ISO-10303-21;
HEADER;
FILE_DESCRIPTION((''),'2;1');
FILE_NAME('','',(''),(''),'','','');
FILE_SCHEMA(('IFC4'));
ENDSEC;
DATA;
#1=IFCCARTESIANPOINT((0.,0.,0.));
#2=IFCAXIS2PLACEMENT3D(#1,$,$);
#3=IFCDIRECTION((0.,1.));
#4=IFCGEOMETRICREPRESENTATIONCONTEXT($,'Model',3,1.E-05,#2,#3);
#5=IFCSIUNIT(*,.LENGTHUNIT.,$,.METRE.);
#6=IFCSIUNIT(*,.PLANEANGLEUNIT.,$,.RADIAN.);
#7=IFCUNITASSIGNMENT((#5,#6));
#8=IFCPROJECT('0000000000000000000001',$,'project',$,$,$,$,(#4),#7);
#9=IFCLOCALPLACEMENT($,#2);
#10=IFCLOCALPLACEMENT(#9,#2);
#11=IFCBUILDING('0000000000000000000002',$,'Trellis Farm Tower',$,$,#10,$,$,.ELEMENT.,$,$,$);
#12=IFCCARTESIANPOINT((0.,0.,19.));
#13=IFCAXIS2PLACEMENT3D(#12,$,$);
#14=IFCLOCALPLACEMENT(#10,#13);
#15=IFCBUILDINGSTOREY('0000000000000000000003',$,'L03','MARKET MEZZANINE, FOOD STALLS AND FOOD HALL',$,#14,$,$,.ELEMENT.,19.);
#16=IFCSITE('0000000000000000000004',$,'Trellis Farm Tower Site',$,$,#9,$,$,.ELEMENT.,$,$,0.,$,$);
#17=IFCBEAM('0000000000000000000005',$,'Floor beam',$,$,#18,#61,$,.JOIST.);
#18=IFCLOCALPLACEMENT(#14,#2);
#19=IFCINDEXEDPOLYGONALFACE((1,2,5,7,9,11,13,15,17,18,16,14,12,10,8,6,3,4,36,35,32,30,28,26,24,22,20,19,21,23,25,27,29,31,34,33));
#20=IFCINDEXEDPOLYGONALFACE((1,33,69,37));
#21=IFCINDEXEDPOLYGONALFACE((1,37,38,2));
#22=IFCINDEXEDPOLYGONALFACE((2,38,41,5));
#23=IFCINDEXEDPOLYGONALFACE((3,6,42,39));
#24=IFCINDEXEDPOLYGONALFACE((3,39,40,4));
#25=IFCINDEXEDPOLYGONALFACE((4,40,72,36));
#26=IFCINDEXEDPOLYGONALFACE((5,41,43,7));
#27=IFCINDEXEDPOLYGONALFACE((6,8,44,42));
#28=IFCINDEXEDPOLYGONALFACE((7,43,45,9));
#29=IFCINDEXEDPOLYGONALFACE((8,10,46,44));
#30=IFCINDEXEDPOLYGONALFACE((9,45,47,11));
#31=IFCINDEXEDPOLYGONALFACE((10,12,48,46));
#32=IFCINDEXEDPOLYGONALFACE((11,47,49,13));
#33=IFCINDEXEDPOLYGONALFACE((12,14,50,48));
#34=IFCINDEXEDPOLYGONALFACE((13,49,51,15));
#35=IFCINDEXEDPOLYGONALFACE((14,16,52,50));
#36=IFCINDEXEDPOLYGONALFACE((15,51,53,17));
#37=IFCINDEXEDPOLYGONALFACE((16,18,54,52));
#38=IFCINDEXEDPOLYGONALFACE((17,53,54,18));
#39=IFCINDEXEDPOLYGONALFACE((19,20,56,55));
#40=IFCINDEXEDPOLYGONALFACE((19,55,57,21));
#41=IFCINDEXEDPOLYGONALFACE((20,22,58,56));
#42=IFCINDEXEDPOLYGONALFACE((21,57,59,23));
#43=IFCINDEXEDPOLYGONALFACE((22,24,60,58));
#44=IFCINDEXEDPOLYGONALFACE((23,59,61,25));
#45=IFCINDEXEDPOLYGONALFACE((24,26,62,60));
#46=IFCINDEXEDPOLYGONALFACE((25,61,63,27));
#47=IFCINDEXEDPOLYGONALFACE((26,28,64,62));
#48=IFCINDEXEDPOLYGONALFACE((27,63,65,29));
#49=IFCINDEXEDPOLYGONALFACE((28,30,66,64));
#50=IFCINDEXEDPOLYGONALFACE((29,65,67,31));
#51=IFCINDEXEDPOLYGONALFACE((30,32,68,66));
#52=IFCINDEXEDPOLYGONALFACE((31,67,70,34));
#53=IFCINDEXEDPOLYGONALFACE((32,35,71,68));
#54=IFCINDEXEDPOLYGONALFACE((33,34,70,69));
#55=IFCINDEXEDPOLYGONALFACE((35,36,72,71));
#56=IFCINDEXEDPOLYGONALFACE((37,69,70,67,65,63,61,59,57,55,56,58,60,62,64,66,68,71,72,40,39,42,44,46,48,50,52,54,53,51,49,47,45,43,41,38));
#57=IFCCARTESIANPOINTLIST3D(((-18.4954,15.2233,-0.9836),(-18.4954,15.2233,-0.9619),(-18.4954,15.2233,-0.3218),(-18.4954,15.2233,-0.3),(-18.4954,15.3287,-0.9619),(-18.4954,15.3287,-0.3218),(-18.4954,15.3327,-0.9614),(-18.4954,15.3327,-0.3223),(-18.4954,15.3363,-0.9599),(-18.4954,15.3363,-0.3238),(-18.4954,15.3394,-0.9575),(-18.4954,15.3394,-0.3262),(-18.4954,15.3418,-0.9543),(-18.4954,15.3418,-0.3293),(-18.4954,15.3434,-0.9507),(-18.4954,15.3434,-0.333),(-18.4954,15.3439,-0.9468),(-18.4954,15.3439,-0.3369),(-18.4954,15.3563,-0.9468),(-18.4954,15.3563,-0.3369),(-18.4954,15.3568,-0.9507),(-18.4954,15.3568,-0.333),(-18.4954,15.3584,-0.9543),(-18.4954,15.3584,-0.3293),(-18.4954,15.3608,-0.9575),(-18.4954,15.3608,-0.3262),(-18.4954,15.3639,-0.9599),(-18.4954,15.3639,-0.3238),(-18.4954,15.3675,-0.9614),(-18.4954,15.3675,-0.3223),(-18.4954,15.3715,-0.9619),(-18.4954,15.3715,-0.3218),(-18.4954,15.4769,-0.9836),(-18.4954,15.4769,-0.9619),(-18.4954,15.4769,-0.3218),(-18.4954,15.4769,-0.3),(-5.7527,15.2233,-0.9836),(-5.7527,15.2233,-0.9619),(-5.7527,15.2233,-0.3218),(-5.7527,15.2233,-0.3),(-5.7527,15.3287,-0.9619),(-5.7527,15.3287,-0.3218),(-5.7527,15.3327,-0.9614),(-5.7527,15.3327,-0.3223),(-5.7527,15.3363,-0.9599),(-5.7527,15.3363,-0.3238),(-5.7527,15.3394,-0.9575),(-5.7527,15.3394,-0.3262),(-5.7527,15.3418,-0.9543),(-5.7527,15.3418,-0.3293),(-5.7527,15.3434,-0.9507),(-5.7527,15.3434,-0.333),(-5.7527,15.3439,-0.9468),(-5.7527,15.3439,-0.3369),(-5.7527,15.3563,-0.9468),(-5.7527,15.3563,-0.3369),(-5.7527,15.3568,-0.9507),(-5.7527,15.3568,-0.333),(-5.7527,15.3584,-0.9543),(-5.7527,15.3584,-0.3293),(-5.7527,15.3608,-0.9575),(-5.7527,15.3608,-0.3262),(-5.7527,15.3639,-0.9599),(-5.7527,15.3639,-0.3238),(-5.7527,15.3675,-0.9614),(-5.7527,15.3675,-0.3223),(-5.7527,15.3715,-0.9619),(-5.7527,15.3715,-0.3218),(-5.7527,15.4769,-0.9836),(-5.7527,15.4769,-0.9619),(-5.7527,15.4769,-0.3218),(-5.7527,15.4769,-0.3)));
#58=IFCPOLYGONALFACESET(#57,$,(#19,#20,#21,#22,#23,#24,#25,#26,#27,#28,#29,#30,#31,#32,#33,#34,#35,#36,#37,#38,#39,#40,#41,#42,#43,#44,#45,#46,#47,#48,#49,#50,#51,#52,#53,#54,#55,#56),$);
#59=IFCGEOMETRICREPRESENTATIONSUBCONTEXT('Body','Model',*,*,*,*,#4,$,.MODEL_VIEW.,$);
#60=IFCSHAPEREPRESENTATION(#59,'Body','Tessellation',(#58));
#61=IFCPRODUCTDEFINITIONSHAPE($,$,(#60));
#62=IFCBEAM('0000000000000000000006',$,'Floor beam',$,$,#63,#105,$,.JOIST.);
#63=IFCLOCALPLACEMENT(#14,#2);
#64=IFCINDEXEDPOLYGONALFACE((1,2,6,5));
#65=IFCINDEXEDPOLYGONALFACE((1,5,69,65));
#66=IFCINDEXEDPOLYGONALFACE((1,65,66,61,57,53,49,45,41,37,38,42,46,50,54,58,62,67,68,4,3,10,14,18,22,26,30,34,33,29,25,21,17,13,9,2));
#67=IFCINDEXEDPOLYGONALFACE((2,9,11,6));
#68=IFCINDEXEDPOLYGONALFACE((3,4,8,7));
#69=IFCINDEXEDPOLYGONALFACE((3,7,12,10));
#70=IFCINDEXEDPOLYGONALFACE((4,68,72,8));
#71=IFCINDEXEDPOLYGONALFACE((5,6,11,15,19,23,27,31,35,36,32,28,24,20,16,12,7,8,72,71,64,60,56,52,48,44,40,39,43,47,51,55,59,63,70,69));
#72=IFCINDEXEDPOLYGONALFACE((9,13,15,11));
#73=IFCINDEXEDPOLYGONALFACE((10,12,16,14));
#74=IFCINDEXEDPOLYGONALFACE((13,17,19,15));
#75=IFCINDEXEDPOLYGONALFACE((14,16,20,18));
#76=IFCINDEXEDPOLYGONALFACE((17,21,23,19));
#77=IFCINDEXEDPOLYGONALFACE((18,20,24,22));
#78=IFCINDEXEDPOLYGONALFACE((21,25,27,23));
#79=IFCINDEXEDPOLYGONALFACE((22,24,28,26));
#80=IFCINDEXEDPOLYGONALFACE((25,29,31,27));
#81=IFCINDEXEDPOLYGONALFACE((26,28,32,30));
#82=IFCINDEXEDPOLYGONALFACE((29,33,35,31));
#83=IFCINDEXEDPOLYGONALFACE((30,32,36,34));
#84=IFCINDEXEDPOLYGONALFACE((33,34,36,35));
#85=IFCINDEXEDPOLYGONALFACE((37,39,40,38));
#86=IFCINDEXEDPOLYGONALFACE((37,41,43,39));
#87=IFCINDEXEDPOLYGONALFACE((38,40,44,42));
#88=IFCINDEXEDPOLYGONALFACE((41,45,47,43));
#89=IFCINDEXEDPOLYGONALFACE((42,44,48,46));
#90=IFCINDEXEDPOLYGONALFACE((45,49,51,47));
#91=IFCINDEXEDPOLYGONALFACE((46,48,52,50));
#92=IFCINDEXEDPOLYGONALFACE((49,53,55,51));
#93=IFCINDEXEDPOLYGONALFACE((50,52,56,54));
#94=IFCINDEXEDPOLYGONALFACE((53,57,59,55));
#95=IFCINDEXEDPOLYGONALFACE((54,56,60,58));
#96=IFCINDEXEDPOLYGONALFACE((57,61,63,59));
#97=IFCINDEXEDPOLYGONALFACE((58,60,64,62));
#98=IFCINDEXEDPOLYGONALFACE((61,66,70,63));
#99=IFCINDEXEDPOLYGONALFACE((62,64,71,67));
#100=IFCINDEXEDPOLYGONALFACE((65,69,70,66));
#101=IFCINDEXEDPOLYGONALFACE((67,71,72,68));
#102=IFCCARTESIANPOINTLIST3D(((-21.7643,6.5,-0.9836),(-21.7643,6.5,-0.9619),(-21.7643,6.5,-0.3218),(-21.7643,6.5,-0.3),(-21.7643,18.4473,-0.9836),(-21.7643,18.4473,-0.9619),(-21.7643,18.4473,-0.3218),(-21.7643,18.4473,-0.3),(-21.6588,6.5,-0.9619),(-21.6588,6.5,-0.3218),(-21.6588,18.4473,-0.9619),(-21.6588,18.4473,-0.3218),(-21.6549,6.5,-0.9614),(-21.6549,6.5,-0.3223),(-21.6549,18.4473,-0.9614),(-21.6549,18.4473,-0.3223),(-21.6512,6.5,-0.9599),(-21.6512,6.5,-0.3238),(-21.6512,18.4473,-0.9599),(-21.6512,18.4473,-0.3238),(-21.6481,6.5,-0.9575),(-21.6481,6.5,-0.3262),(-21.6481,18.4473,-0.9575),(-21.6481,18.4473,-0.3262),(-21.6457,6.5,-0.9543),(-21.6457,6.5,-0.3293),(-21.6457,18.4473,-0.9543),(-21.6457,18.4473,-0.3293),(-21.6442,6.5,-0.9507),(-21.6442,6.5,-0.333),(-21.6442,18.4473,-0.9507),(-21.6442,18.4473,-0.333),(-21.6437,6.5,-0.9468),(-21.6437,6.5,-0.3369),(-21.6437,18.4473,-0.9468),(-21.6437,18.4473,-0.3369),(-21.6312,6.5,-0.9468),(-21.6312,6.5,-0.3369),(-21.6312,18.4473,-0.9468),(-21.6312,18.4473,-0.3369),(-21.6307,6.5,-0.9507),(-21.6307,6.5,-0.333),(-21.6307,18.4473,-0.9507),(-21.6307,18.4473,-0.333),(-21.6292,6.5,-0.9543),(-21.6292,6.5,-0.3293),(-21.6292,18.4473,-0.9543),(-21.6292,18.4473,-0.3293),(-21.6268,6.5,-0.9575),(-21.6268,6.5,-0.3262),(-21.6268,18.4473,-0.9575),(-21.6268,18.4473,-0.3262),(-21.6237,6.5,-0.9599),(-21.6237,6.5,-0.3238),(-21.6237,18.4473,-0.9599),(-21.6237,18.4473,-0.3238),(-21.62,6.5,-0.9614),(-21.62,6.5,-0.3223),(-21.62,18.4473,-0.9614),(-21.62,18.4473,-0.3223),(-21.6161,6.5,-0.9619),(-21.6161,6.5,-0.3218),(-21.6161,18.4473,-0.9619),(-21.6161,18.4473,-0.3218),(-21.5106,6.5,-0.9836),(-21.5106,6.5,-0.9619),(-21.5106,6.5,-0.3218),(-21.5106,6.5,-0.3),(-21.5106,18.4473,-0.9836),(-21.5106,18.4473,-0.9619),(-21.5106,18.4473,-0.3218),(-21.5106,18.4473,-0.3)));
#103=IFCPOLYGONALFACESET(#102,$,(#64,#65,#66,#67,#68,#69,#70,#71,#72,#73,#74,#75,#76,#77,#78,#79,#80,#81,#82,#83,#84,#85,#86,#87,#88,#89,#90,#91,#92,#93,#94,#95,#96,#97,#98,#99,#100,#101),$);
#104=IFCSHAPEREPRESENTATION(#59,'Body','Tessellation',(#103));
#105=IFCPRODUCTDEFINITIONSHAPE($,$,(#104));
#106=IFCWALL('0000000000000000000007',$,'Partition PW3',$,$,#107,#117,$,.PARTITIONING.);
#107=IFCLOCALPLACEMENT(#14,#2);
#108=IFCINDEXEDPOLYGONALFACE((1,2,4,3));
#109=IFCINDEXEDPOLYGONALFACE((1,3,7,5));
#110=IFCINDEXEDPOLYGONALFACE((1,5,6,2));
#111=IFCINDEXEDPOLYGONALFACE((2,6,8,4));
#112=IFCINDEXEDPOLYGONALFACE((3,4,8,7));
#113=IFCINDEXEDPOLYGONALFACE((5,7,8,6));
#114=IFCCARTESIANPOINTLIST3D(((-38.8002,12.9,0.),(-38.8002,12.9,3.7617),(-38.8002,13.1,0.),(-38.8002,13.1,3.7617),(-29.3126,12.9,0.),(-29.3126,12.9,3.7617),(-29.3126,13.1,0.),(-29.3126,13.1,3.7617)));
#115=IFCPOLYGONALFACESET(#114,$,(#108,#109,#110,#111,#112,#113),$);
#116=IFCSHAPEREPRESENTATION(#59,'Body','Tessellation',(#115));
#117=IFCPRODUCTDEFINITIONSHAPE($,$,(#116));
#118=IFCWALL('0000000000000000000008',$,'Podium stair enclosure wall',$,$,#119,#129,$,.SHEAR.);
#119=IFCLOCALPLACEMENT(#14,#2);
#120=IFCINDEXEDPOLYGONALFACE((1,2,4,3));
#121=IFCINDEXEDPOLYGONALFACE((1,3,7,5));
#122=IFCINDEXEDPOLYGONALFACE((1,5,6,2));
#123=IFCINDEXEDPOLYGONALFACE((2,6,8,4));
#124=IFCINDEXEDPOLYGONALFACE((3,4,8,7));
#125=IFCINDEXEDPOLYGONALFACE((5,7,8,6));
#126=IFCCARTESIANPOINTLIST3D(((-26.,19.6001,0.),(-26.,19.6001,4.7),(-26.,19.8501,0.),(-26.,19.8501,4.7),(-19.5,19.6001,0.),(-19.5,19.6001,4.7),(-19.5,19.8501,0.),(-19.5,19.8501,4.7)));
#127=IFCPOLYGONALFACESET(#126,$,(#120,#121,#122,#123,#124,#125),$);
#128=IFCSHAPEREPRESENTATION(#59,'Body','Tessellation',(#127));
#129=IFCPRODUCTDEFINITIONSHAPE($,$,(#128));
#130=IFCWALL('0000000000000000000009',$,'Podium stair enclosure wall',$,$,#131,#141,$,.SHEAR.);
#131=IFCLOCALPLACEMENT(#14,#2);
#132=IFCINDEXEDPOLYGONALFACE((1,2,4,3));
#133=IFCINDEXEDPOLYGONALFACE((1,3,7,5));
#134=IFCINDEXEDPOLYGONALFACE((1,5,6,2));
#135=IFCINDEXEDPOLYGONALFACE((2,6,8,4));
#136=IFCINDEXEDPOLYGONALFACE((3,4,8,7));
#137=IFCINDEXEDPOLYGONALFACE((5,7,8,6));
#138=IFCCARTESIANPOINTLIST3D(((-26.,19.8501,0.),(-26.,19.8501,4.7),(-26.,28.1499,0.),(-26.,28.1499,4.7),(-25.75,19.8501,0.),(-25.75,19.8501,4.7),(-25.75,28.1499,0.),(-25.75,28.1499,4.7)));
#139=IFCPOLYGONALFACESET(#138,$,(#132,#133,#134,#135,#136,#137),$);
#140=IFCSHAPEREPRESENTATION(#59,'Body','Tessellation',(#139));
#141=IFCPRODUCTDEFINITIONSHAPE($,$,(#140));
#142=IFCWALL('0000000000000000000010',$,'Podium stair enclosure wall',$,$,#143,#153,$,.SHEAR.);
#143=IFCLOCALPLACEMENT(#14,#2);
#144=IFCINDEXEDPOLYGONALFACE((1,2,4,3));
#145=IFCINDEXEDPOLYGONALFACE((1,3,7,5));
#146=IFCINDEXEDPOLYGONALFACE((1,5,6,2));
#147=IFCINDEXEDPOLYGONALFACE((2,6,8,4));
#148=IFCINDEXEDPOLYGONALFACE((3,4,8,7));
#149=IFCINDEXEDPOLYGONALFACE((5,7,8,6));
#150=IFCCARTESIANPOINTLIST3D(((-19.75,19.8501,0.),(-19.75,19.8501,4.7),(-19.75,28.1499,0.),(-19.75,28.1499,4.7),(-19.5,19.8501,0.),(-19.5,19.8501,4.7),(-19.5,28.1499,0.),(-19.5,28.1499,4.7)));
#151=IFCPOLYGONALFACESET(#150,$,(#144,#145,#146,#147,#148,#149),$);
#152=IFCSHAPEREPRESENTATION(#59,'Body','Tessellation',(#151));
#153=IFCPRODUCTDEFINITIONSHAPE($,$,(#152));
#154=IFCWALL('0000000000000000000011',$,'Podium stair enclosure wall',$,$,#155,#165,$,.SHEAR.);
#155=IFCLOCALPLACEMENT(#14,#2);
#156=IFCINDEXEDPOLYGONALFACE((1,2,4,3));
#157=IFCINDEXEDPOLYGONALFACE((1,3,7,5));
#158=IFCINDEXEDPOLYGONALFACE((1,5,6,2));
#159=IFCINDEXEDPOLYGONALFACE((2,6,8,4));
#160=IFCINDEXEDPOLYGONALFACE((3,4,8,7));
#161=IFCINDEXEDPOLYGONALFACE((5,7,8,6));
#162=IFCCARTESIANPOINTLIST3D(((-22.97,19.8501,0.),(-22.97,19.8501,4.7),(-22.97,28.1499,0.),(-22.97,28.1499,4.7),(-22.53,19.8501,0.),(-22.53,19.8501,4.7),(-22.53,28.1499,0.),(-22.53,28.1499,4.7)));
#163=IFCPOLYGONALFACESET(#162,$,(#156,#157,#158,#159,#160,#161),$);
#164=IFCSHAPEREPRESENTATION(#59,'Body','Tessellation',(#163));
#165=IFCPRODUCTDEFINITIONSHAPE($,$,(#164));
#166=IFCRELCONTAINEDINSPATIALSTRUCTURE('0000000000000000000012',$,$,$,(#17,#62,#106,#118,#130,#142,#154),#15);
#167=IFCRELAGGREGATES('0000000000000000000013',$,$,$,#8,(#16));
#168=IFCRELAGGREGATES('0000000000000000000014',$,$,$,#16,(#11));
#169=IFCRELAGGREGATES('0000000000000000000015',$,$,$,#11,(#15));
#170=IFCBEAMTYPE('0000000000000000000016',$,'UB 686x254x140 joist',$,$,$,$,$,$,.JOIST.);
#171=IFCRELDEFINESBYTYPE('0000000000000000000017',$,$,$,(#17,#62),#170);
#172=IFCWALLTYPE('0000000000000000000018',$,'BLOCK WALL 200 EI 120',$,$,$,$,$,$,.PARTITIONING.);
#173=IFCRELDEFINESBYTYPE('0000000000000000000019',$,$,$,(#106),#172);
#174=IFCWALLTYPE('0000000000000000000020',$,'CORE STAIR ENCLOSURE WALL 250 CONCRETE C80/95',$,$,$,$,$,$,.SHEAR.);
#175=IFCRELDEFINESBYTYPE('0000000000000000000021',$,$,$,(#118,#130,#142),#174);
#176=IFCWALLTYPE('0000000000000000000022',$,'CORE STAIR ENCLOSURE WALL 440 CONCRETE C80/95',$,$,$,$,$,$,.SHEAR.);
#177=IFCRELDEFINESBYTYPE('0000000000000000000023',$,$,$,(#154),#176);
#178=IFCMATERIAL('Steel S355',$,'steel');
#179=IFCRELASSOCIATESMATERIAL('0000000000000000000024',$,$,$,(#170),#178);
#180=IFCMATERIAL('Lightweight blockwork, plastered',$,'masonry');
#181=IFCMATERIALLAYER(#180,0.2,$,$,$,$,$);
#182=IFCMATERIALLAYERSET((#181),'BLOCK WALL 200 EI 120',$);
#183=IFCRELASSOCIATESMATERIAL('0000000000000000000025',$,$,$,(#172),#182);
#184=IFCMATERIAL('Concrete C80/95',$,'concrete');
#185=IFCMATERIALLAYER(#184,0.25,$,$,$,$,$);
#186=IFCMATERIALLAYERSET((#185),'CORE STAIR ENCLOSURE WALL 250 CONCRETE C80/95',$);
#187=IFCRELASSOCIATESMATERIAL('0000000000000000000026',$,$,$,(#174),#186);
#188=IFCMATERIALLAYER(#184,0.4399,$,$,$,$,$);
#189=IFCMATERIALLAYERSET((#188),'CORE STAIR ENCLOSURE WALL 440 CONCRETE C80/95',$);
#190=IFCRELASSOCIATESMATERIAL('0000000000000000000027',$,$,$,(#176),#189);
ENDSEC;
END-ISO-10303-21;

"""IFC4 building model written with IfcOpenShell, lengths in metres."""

from ifc_helpers import new_model, si_unit, direction, frame, frame_2d, origin, origin_2d, place, context, subcontext, project, spatial, rectangle, i_section, extrude, source, transform, mapped, material, layer, layer_set, material_profile, profile_set, type_object, element, save


model = new_model("IFC4")

# Units and contexts
model_context = context("Model", 3, precision=1e-05, world=origin(), true_north=direction((0.0, 1.0)))
body_context = subcontext(model_context, "Body", "Model", "MODEL_VIEW")
ifc_project = project(units=[si_unit("LENGTHUNIT", "METRE"), si_unit("PLANEANGLEUNIT", "RADIAN")], contexts=[model_context])

# Site, building, storey
site_placement = place(None, origin())
site = spatial("IfcSite", under=ifc_project, at=site_placement, Name="Trellis Farm Tower Site", CompositionType="ELEMENT", RefElevation=0.0)
building_placement = place(site_placement, origin())
building = spatial("IfcBuilding", under=site, at=building_placement, Name="Trellis Farm Tower", CompositionType="ELEMENT")
storey_placement = place(building_placement, frame((0.0, 0.0, 19.0)))
storey = spatial("IfcBuildingStorey", under=building, at=storey_placement, Name="L03", Description="MARKET MEZZANINE, FOOD STALLS AND FOOD HALL", CompositionType="ELEMENT", Elevation=19.0)

# Beams
ifc_material_1 = material(Name="Steel S355", Category="steel")
ifc_material_profile_1 = material_profile(ifc_material_1, i_section(OverallWidth=0.2537, OverallDepth=0.6836, WebThickness=0.0125, FlangeThickness=0.0217, FilletRadius=0.0151, at=origin_2d()), Name="UB 686x254x140")
ifc_profile_set_1 = profile_set([ifc_material_profile_1], Name="Steel S355")
beam_type_1 = type_object("IfcBeamType", Name="UB 686x254x140 joist", PredefinedType="JOIST", material=ifc_profile_set_1)
shared_shape_1 = source(origin(), body_context, "Body", "SweptSolid", [
    extrude(i_section(OverallWidth=0.2537, OverallDepth=0.6836, WebThickness=0.0125, FlangeThickness=0.0217, FilletRadius=0.0151, at=origin_2d()), origin(), (0.0, 0.0, 1.0), 12.7427),
])
for number, where, z_axis, x_axis, name in (
    (1, (-18.4954, 15.3501, -0.6418), (1.0, 0.0, 0.0), (0.0, 1.0, 0.0), "Floor beam"),
):
    element("IfcBeam", number, at=place(storey_placement, frame(where, z_axis=z_axis, x_axis=x_axis)), inside=storey, type_object=beam_type_1, Name=name, PredefinedType="JOIST", context=body_context, shape_type="MappedRepresentation", body=[
        mapped(shared_shape_1, transform((0.0, 0.0, 0.0))),
    ])
shared_shape_2 = source(origin(), body_context, "Body", "SweptSolid", [
    extrude(i_section(OverallWidth=0.2537, OverallDepth=0.6836, WebThickness=0.0125, FlangeThickness=0.0217, FilletRadius=0.0151, at=origin_2d()), origin(), (0.0, 0.0, 1.0), 11.9473),
])
beam_1_placement = place(storey_placement, frame((-21.6375, 6.5, -0.6418), z_axis=(0.0, 1.0, 0.0), x_axis=(-1.0, 0.0, 0.0)))
element("IfcBeam", 2, at=beam_1_placement, inside=storey, type_object=beam_type_1, Name="Floor beam", PredefinedType="JOIST", context=body_context, shape_type="MappedRepresentation", body=[
    mapped(shared_shape_2, transform((0.0, 0.0, 0.0))),
])

# Walls
ifc_material_2 = material(Name="Lightweight blockwork, plastered", Category="masonry")
ifc_layer_1 = layer(ifc_material_2, 0.2)
ifc_layer_set_1 = layer_set([ifc_layer_1], Name="BLOCK WALL 200 EI 120")
wall_type_1 = type_object("IfcWallType", Name="BLOCK WALL 200 EI 120", PredefinedType="PARTITIONING", material=ifc_layer_set_1)
wall_1_placement = place(storey_placement, frame((-38.8, 13.0, 0.0), z_axis=(0.0, 0.0, 1.0), x_axis=(1.0, 0.0, 0.0)))
element("IfcWall", 3, at=wall_1_placement, inside=storey, type_object=wall_type_1, Name="Partition PW3", PredefinedType="PARTITIONING", context=body_context, shape_type="SweptSolid", body=[
    extrude(rectangle(XDim=9.4875, YDim=0.2, at=frame_2d((4.7437, 0.0))), origin(), (0.0, 0.0, 1.0), 3.7617),
])
ifc_material_3 = material(Name="Concrete C80/95", Category="concrete")
ifc_layer_2 = layer(ifc_material_3, 0.25)
ifc_layer_set_2 = layer_set([ifc_layer_2], Name="CORE STAIR ENCLOSURE WALL 250 CONCRETE C80/95")
wall_type_2 = type_object("IfcWallType", Name="CORE STAIR ENCLOSURE WALL 250 CONCRETE C80/95", PredefinedType="SHEAR", material=ifc_layer_set_2)
shared_shape_3 = source(origin(), body_context, "Body", "SweptSolid", [
    extrude(rectangle(XDim=6.5, YDim=0.25, at=frame_2d((3.25, 0.0))), origin(), (0.0, 0.0, 1.0), 4.7),
])
wall_2_placement = place(storey_placement, frame((-26.0, 19.7251, 0.0), z_axis=(0.0, 0.0, 1.0), x_axis=(1.0, 0.0, 0.0)))
element("IfcWall", 4, at=wall_2_placement, inside=storey, type_object=wall_type_2, Name="Podium stair enclosure wall", PredefinedType="SHEAR", context=body_context, shape_type="MappedRepresentation", body=[
    mapped(shared_shape_3, transform((0.0, 0.0, 0.0))),
])
shared_shape_4 = source(origin(), body_context, "Body", "SweptSolid", [
    extrude(rectangle(XDim=8.2998, YDim=0.25, at=frame_2d((4.1499, 0.0))), origin(), (0.0, 0.0, 1.0), 4.7),
])
for number, where, z_axis, x_axis, name in (
    (5, (-25.875, 19.8501, 0.0), (0.0, 0.0, 1.0), (0.0, 1.0, 0.0), "Podium stair enclosure wall"),
    (6, (-19.625, 19.8501, 0.0), (0.0, 0.0, 1.0), (0.0, 1.0, 0.0), "Podium stair enclosure wall"),
):
    element("IfcWall", number, at=place(storey_placement, frame(where, z_axis=z_axis, x_axis=x_axis)), inside=storey, type_object=wall_type_2, Name=name, PredefinedType="SHEAR", context=body_context, shape_type="MappedRepresentation", body=[
        mapped(shared_shape_4, transform((0.0, 0.0, 0.0))),
    ])
ifc_layer_3 = layer(ifc_material_3, 0.4399)
ifc_layer_set_3 = layer_set([ifc_layer_3], Name="CORE STAIR ENCLOSURE WALL 440 CONCRETE C80/95")
wall_type_3 = type_object("IfcWallType", Name="CORE STAIR ENCLOSURE WALL 440 CONCRETE C80/95", PredefinedType="SHEAR", material=ifc_layer_set_3)
shared_shape_5 = source(origin(), body_context, "Body", "SweptSolid", [
    extrude(rectangle(XDim=8.2998, YDim=0.4399, at=frame_2d((4.1499, 0.0))), origin(), (0.0, 0.0, 1.0), 4.7),
])
wall_3_placement = place(storey_placement, frame((-22.75, 19.8501, 0.0), z_axis=(0.0, 0.0, 1.0), x_axis=(0.0, 1.0, 0.0)))
element("IfcWall", 7, at=wall_3_placement, inside=storey, type_object=wall_type_3, Name="Podium stair enclosure wall", PredefinedType="SHEAR", context=body_context, shape_type="MappedRepresentation", body=[
    mapped(shared_shape_5, transform((0.0, 0.0, 0.0))),
])

save(model, "model.ifc")
